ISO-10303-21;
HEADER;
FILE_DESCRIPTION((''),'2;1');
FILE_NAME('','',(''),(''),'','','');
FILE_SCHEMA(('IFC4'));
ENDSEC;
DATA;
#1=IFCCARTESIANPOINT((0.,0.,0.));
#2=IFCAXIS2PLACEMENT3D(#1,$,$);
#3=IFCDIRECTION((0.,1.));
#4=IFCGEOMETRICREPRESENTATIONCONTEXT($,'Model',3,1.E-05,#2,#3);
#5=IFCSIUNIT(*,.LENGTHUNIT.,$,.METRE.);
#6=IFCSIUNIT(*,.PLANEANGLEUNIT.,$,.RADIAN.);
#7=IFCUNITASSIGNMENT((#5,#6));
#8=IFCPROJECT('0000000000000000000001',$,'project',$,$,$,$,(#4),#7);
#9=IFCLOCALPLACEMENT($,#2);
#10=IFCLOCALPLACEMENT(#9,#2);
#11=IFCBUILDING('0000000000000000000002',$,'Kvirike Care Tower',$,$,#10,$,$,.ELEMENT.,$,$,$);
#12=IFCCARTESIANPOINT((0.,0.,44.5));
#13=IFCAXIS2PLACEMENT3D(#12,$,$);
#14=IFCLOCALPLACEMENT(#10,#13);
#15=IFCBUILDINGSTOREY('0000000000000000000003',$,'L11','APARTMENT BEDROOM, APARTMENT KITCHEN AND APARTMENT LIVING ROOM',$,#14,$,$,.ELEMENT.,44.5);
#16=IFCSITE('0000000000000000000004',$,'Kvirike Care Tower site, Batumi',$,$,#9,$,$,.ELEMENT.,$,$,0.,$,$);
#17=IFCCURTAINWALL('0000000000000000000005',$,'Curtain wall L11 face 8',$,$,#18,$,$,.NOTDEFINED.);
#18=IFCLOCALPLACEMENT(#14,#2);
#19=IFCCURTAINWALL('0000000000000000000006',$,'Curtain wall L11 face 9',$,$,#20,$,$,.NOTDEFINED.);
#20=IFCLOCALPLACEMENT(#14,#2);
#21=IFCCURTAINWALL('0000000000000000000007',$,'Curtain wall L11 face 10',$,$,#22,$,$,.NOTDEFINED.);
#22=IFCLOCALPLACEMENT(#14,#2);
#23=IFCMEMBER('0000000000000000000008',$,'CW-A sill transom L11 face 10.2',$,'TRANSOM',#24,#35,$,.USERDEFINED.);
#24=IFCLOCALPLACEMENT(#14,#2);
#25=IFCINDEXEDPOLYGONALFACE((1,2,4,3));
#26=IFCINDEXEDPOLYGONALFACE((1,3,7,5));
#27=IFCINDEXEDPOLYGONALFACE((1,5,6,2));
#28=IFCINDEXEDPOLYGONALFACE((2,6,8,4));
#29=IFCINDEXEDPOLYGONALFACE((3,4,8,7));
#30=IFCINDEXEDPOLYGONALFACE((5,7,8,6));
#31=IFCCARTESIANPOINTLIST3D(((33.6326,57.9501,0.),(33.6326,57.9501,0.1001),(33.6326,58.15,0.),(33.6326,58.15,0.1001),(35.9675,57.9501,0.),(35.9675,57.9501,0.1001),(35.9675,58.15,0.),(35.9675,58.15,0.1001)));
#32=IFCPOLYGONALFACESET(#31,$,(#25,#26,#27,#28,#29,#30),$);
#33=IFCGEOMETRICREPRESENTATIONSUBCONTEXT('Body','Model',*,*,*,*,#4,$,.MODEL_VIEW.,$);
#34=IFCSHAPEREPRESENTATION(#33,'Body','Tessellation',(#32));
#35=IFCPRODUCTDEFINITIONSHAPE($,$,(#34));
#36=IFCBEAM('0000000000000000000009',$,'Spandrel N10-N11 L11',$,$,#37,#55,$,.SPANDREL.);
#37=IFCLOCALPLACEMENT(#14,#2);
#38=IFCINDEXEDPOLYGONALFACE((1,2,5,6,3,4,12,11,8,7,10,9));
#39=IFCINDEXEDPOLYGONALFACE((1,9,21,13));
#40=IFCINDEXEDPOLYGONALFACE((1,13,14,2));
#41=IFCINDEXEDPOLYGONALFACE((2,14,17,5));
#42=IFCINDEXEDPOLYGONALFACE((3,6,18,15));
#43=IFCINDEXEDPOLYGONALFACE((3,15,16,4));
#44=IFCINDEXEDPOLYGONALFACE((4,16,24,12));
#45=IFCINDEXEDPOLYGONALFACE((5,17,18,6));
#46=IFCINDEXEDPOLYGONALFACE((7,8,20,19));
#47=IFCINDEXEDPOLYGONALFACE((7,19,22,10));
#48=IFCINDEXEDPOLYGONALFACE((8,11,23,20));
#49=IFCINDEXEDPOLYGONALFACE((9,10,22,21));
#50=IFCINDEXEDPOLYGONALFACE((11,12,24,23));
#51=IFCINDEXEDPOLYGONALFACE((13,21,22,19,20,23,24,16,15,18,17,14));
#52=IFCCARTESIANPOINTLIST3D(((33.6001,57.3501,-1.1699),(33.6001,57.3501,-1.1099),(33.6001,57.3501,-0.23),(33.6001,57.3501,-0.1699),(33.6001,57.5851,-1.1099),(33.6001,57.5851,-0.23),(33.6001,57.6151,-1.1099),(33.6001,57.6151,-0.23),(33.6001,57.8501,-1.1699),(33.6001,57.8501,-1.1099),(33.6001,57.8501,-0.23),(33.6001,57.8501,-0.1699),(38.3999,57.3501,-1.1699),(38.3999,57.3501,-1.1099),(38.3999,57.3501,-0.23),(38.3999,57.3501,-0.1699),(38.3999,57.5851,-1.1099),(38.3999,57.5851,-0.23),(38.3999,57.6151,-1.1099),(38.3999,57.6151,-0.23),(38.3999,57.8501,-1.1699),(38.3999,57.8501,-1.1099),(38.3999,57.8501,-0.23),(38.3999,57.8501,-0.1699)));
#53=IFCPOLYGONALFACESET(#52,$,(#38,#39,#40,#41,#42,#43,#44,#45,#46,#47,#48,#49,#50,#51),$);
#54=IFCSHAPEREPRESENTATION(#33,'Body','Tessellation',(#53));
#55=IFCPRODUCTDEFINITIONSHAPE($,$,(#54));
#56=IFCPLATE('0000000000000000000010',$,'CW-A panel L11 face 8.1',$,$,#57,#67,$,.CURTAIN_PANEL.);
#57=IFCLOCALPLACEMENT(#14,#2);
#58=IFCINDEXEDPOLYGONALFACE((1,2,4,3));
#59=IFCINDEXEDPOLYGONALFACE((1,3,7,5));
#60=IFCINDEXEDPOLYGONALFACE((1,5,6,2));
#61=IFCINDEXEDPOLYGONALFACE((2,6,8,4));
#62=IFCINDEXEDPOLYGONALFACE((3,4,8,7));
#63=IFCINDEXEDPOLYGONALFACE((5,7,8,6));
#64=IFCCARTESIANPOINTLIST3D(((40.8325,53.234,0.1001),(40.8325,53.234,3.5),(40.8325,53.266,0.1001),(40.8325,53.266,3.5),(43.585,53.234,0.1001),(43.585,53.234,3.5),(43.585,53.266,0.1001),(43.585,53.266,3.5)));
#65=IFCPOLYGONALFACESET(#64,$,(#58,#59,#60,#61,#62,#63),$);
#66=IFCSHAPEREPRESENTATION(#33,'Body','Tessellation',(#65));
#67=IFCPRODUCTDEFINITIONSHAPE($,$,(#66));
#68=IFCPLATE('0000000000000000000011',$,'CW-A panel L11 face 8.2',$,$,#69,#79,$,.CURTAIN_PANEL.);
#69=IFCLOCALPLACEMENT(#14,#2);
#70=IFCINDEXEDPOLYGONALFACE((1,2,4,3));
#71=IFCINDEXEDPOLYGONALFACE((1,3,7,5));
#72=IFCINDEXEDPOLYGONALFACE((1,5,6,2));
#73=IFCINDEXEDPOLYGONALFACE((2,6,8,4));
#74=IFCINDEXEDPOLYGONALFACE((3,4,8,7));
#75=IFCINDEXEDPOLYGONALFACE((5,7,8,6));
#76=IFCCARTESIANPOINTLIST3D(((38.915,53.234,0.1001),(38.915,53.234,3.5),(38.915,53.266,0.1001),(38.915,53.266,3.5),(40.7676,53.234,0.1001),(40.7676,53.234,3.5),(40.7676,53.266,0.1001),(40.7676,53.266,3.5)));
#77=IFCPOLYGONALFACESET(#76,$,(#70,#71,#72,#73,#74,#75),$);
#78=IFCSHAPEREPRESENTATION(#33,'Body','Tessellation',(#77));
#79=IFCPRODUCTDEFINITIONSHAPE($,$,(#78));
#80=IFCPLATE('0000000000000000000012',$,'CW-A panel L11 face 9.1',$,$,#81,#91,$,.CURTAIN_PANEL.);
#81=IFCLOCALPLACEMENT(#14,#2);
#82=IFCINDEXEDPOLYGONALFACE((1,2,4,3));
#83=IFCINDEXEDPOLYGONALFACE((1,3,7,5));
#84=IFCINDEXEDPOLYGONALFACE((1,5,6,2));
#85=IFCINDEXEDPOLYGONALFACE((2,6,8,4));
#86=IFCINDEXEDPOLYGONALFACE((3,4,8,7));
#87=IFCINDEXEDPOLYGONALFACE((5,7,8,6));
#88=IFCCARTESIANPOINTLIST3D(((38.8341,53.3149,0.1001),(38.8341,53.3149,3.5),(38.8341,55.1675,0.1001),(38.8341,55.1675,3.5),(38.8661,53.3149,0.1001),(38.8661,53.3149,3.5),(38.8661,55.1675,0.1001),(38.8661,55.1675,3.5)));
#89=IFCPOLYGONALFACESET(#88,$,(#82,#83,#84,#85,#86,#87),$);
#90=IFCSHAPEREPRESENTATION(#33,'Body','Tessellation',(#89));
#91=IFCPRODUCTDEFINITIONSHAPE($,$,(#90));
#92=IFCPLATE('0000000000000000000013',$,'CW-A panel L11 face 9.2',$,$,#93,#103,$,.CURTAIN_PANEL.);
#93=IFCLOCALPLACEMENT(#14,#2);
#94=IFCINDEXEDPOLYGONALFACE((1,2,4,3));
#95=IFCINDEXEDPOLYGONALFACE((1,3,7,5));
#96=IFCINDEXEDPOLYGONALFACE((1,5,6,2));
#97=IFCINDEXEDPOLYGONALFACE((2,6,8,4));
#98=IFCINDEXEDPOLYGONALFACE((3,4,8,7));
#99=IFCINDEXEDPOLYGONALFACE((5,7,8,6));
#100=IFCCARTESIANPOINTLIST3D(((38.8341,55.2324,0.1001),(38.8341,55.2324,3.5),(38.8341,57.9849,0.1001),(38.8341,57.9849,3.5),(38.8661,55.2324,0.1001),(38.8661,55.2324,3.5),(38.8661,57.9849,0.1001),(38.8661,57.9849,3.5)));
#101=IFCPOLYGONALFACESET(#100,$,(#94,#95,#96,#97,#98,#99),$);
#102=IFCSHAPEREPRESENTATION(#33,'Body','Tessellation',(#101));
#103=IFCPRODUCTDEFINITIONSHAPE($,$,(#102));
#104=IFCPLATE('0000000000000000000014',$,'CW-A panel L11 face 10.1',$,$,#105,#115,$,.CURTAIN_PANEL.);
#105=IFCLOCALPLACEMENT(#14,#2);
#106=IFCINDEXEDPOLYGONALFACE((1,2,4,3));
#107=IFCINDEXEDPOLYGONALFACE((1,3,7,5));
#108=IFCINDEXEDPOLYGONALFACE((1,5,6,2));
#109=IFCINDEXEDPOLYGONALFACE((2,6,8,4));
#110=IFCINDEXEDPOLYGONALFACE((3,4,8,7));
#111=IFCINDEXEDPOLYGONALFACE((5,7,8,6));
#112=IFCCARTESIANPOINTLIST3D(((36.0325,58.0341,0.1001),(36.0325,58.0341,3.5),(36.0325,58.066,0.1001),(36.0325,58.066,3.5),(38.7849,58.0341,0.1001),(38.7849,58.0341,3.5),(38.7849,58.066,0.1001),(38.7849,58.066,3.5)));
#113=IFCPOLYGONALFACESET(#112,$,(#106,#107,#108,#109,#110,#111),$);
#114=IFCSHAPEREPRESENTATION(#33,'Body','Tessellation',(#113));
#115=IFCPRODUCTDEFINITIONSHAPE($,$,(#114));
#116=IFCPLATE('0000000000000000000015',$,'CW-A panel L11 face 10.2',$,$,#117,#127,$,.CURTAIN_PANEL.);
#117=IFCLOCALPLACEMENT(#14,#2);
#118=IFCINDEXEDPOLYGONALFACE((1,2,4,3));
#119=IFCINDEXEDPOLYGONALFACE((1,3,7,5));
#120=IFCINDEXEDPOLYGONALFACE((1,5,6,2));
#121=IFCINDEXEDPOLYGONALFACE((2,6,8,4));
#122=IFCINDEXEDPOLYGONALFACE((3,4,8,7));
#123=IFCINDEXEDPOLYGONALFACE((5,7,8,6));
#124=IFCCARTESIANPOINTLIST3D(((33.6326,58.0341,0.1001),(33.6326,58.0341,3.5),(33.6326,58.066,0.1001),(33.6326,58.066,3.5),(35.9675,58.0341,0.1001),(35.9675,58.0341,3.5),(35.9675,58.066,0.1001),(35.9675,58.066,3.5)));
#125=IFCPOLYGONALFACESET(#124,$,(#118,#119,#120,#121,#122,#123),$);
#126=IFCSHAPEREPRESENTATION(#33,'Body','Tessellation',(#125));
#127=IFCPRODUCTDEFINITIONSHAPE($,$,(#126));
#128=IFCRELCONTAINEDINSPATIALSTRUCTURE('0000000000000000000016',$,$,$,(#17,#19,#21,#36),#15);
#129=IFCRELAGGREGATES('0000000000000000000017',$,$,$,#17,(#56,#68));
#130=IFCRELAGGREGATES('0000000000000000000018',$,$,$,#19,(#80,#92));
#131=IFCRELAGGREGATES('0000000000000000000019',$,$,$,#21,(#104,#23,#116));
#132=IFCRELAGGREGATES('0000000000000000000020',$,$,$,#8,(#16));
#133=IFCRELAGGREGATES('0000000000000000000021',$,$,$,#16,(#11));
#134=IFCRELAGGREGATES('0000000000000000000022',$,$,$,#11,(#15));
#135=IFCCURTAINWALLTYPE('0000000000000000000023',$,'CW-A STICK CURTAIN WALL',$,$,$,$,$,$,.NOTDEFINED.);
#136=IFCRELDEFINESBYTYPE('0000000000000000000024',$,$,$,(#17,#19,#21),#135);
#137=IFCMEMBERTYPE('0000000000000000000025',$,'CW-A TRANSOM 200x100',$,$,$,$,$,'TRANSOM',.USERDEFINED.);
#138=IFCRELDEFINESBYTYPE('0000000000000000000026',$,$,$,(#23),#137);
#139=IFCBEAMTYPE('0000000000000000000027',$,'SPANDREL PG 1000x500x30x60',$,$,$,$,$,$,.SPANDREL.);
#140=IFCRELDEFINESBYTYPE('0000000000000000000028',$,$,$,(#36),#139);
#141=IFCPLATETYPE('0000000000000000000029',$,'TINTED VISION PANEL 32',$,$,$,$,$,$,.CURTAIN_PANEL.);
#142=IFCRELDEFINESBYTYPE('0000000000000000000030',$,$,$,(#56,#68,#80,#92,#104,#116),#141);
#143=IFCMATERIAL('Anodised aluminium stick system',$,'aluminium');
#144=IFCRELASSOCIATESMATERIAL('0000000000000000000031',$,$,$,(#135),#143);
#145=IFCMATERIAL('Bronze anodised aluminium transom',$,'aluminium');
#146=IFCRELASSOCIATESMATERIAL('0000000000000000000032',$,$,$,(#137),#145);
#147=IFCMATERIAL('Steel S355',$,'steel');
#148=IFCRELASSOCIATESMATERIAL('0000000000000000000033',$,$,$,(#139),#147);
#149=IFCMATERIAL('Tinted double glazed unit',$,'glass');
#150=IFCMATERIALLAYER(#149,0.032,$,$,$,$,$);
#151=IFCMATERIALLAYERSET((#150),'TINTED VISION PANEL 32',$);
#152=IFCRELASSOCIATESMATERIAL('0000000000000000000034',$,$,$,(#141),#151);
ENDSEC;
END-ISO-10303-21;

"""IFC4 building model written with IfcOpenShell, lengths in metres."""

from ifc_helpers import new_model, si_unit, direction, frame, origin, origin_2d, place, context, subcontext, project, spatial, rectangle, i_section, extrude, material, layer, layer_set, material_profile, profile_set, type_object, element, aggregate, save


model = new_model("IFC4")

# Units and contexts
model_context = context("Model", 3, precision=1e-05, world=origin(), true_north=direction((0.0, 1.0)))
body_context = subcontext(model_context, "Body", "Model", "MODEL_VIEW")
ifc_project = project(units=[si_unit("LENGTHUNIT", "METRE"), si_unit("PLANEANGLEUNIT", "RADIAN")], contexts=[model_context])

# Site, building, storey
site_placement = place(None, origin())
site = spatial("IfcSite", under=ifc_project, at=site_placement, Name="Kvirike Care Tower site, Batumi", CompositionType="ELEMENT", RefElevation=0.0)
building_placement = place(site_placement, origin())
building = spatial("IfcBuilding", under=site, at=building_placement, Name="Kvirike Care Tower", CompositionType="ELEMENT")
storey_placement = place(building_placement, frame((0.0, 0.0, 44.5)))
storey = spatial("IfcBuildingStorey", under=building, at=storey_placement, Name="L11", Description="APARTMENT BEDROOM, APARTMENT KITCHEN AND APARTMENT LIVING ROOM", CompositionType="ELEMENT", Elevation=44.5)

# Curtain walls
ifc_material_1 = material(Name="Anodised aluminium stick system", Category="aluminium")
curtain_wall_type = type_object("IfcCurtainWallType", Name="CW-A STICK CURTAIN WALL", PredefinedType="NOTDEFINED", material=ifc_material_1)
curtain_wall_1_placement = place(storey_placement, origin())
curtain_wall_1 = element("IfcCurtainWall", 1, at=curtain_wall_1_placement, inside=storey, type_object=curtain_wall_type, Name="Curtain wall L11 face 8", PredefinedType="NOTDEFINED")
curtain_wall_2_placement = place(storey_placement, origin())
curtain_wall_2 = element("IfcCurtainWall", 2, at=curtain_wall_2_placement, inside=storey, type_object=curtain_wall_type, Name="Curtain wall L11 face 9", PredefinedType="NOTDEFINED")
curtain_wall_3_placement = place(storey_placement, origin())
curtain_wall_3 = element("IfcCurtainWall", 3, at=curtain_wall_3_placement, inside=storey, type_object=curtain_wall_type, Name="Curtain wall L11 face 10", PredefinedType="NOTDEFINED")

# Member
ifc_material_2 = material(Name="Bronze anodised aluminium transom", Category="aluminium")
ifc_material_profile_1 = material_profile(ifc_material_2, rectangle(XDim=0.2, YDim=0.1001, at=origin_2d()), Name="CW-A TRANSOM 200x100")
ifc_profile_set_1 = profile_set([ifc_material_profile_1], Name="Bronze anodised aluminium transom")
member_type_1 = type_object("IfcMemberType", Name="CW-A TRANSOM 200x100", ElementType="TRANSOM", PredefinedType="USERDEFINED", material=ifc_profile_set_1)
member_1_placement = place(storey_placement, frame((35.9675, 58.05, 0.05), z_axis=(-1.0, 0.0, 0.0), x_axis=(0.0, -1.0, 0.0)))
member_1 = element("IfcMember", 4, at=member_1_placement, type_object=member_type_1, Name="CW-A sill transom L11 face 10.2", ObjectType="TRANSOM", PredefinedType="USERDEFINED", context=body_context, shape_type="SweptSolid", body=[
    extrude(rectangle(XDim=0.2, YDim=0.1001, at=origin_2d()), origin(), (0.0, 0.0, 1.0), 2.335),
])

# Beam
ifc_material_3 = material(Name="Steel S355", Category="steel")
ifc_material_profile_2 = material_profile(ifc_material_3, i_section(OverallWidth=0.5, OverallDepth=1.0, WebThickness=0.03, FlangeThickness=0.0601, at=origin_2d()), Name="PG 1000x500x30x60")
ifc_profile_set_2 = profile_set([ifc_material_profile_2], Name="Steel S355")
beam_type = type_object("IfcBeamType", Name="SPANDREL PG 1000x500x30x60", PredefinedType="SPANDREL", material=ifc_profile_set_2)
beam_placement = place(storey_placement, frame((33.6001, 57.6001, -0.6699), z_axis=(1.0, 0.0, 0.0), x_axis=(0.0, 1.0, 0.0)))
element("IfcBeam", 5, at=beam_placement, inside=storey, type_object=beam_type, Name="Spandrel N10-N11 L11", PredefinedType="SPANDREL", context=body_context, shape_type="SweptSolid", body=[
    extrude(i_section(OverallWidth=0.5, OverallDepth=1.0, WebThickness=0.03, FlangeThickness=0.0601, at=origin_2d()), origin(), (0.0, 0.0, 1.0), 4.7998),
])

# Plates
ifc_material_4 = material(Name="Tinted double glazed unit", Category="glass")
ifc_layer = layer(ifc_material_4, 0.032)
ifc_layer_set = layer_set([ifc_layer], Name="TINTED VISION PANEL 32")
plate_type = type_object("IfcPlateType", Name="TINTED VISION PANEL 32", PredefinedType="CURTAIN_PANEL", material=ifc_layer_set)
plate_1_placement = place(storey_placement, frame((42.2087, 53.25, 0.1001), z_axis=(0.0, 0.0, 1.0), x_axis=(-1.0, 0.0, 0.0)))
plate_1 = element("IfcPlate", 6, at=plate_1_placement, type_object=plate_type, Name="CW-A panel L11 face 8.1", PredefinedType="CURTAIN_PANEL", context=body_context, shape_type="SweptSolid", body=[
    extrude(rectangle(XDim=2.7524, YDim=0.032, at=origin_2d()), origin(), (0.0, 0.0, 1.0), 3.3999),
])
plate_2_placement = place(storey_placement, frame((39.8413, 53.25, 0.1001), z_axis=(0.0, 0.0, 1.0), x_axis=(-1.0, 0.0, 0.0)))
plate_2 = element("IfcPlate", 7, at=plate_2_placement, type_object=plate_type, Name="CW-A panel L11 face 8.2", PredefinedType="CURTAIN_PANEL", context=body_context, shape_type="SweptSolid", body=[
    extrude(rectangle(XDim=1.8525, YDim=0.032, at=origin_2d()), origin(), (0.0, 0.0, 1.0), 3.3999),
])
aggregate(curtain_wall_1, [plate_1, plate_2])
plate_3_placement = place(storey_placement, frame((38.8501, 54.2412, 0.1001), z_axis=(0.0, 0.0, 1.0), x_axis=(0.0, 1.0, 0.0)))
plate_3 = element("IfcPlate", 8, at=plate_3_placement, type_object=plate_type, Name="CW-A panel L11 face 9.1", PredefinedType="CURTAIN_PANEL", context=body_context, shape_type="SweptSolid", body=[
    extrude(rectangle(XDim=1.8525, YDim=0.032, at=origin_2d()), origin(), (0.0, 0.0, 1.0), 3.3999),
])
plate_4_placement = place(storey_placement, frame((38.8501, 56.6086, 0.1001), z_axis=(0.0, 0.0, 1.0), x_axis=(0.0, 1.0, 0.0)))
plate_4 = element("IfcPlate", 9, at=plate_4_placement, type_object=plate_type, Name="CW-A panel L11 face 9.2", PredefinedType="CURTAIN_PANEL", context=body_context, shape_type="SweptSolid", body=[
    extrude(rectangle(XDim=2.7524, YDim=0.032, at=origin_2d()), origin(), (0.0, 0.0, 1.0), 3.3999),
])
aggregate(curtain_wall_2, [plate_3, plate_4])
plate_5_placement = place(storey_placement, frame((37.4087, 58.05, 0.1001), z_axis=(0.0, 0.0, 1.0), x_axis=(-1.0, 0.0, 0.0)))
plate_5 = element("IfcPlate", 10, at=plate_5_placement, type_object=plate_type, Name="CW-A panel L11 face 10.1", PredefinedType="CURTAIN_PANEL", context=body_context, shape_type="SweptSolid", body=[
    extrude(rectangle(XDim=2.7524, YDim=0.032, at=origin_2d()), origin(), (0.0, 0.0, 1.0), 3.3999),
])
plate_6_placement = place(storey_placement, frame((34.8, 58.05, 0.1001), z_axis=(0.0, 0.0, 1.0), x_axis=(-1.0, 0.0, 0.0)))
plate_6 = element("IfcPlate", 11, at=plate_6_placement, type_object=plate_type, Name="CW-A panel L11 face 10.2", PredefinedType="CURTAIN_PANEL", context=body_context, shape_type="SweptSolid", body=[
    extrude(rectangle(XDim=2.335, YDim=0.032, at=origin_2d()), origin(), (0.0, 0.0, 1.0), 3.3999),
])
aggregate(curtain_wall_3, [plate_5, member_1, plate_6])

save(model, "model.ifc")
